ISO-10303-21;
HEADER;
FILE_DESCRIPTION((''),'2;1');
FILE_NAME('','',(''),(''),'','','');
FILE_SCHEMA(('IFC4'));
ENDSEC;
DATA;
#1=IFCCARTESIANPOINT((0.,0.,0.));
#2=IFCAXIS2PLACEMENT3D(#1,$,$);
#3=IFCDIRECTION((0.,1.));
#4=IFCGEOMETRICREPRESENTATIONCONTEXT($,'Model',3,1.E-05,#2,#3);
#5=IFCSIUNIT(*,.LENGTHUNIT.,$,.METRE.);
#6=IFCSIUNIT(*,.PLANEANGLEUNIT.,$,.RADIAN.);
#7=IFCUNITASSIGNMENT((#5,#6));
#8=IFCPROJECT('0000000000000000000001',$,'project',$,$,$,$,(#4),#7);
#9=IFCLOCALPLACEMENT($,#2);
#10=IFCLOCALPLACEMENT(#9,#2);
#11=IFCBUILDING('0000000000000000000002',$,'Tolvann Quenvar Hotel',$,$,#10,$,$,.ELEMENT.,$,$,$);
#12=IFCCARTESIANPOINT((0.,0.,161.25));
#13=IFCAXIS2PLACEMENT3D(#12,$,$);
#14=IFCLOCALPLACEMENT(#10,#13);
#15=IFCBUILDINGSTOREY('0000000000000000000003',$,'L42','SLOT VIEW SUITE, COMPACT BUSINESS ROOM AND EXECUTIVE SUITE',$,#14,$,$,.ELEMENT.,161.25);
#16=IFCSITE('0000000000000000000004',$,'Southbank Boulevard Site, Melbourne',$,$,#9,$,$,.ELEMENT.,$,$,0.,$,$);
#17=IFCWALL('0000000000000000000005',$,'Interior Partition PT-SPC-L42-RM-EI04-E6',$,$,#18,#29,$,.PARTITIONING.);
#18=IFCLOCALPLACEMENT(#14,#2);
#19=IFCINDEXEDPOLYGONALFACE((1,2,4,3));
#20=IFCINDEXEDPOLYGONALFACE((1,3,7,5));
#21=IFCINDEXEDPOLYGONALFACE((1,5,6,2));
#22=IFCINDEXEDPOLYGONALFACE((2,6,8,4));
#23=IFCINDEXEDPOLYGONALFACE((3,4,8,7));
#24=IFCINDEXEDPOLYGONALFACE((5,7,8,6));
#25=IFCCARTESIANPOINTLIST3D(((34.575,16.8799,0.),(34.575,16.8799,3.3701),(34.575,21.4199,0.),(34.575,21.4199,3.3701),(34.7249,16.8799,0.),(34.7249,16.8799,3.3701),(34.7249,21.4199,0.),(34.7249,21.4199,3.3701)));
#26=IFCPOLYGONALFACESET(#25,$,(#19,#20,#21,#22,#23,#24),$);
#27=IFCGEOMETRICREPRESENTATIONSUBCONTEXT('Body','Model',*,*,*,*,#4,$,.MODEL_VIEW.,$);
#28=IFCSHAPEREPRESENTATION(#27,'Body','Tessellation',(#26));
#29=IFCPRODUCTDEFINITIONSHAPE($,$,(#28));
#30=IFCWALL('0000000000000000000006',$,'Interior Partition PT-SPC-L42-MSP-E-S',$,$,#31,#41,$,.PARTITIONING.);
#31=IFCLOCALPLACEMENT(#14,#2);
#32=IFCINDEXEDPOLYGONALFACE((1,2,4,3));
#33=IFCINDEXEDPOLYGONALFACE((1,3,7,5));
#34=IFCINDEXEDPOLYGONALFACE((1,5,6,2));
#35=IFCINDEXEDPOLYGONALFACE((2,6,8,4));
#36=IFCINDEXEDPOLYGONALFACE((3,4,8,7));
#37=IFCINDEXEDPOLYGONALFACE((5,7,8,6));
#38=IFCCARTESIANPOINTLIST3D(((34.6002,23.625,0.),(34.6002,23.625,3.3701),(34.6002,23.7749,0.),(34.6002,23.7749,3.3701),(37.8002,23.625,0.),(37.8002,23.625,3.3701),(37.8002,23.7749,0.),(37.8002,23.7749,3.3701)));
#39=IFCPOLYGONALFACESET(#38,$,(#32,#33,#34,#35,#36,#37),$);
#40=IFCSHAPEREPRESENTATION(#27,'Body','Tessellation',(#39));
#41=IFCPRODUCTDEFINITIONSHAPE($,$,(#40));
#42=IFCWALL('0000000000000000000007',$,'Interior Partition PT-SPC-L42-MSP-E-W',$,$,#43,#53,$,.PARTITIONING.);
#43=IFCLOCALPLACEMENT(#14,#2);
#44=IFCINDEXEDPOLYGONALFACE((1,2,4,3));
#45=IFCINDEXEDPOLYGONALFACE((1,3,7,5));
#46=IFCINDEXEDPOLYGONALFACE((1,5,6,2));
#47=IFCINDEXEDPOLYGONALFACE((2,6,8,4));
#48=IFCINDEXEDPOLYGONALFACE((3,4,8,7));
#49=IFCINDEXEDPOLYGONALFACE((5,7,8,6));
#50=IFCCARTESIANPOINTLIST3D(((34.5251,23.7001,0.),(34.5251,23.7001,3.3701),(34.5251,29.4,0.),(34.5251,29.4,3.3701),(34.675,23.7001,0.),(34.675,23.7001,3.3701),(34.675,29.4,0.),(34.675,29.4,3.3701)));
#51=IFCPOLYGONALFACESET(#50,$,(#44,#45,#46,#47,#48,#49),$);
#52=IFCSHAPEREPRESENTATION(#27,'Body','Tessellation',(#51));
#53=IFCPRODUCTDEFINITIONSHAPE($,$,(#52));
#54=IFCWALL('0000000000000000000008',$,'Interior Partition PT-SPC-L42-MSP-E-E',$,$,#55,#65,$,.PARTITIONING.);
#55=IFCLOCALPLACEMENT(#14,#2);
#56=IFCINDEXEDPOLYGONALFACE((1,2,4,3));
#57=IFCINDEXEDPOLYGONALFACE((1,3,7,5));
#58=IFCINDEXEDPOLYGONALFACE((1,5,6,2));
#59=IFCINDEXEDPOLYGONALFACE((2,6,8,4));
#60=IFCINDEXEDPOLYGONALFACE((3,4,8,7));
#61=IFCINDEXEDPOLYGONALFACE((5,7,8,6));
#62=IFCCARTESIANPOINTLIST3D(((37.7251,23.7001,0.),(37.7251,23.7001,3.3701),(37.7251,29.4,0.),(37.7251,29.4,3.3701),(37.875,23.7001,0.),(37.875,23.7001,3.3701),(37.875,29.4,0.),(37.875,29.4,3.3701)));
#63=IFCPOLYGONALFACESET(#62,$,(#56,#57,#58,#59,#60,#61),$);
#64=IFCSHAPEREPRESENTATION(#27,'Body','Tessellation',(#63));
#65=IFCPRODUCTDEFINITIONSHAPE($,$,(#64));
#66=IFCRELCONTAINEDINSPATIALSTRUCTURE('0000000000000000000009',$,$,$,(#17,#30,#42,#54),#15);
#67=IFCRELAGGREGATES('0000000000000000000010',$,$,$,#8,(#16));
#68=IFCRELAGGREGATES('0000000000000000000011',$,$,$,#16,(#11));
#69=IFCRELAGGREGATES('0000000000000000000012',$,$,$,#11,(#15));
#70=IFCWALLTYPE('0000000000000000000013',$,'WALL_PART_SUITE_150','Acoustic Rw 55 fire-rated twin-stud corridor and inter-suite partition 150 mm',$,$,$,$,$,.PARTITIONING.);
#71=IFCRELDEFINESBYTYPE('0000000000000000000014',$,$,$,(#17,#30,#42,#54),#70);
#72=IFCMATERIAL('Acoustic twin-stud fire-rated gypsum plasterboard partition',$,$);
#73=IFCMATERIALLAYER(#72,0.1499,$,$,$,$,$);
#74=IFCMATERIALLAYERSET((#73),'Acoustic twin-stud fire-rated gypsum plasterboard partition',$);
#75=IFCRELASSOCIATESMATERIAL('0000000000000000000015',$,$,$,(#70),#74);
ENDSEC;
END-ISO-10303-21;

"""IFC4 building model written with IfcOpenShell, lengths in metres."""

from ifc_helpers import new_model, si_unit, direction, frame, frame_2d, origin, place, context, subcontext, project, spatial, rectangle, extrude, material, layer, layer_set, type_object, element, save


model = new_model("IFC4")

# Units and contexts
model_context = context("Model", 3, precision=1e-05, world=origin(), true_north=direction((0.0, 1.0)))
body_context = subcontext(model_context, "Body", "Model", "MODEL_VIEW")
ifc_project = project(units=[si_unit("LENGTHUNIT", "METRE"), si_unit("PLANEANGLEUNIT", "RADIAN")], contexts=[model_context])

# Site, building, storey
site_placement = place(None, origin())
site = spatial("IfcSite", under=ifc_project, at=site_placement, Name="Southbank Boulevard Site, Melbourne", CompositionType="ELEMENT", RefElevation=0.0)
building_placement = place(site_placement, origin())
building = spatial("IfcBuilding", under=site, at=building_placement, Name="Tolvann Quenvar Hotel", CompositionType="ELEMENT")
storey_placement = place(building_placement, frame((0.0, 0.0, 161.25)))
storey = spatial("IfcBuildingStorey", under=building, at=storey_placement, Name="L42", Description="SLOT VIEW SUITE, COMPACT BUSINESS ROOM AND EXECUTIVE SUITE", CompositionType="ELEMENT", Elevation=161.25)

# Shared definitions
ifc_material_1 = material(Name="Acoustic twin-stud fire-rated gypsum plasterboard partition")

# Walls
ifc_layer_1 = layer(ifc_material_1, 0.1499)
ifc_layer_set_1 = layer_set([ifc_layer_1], Name="Acoustic twin-stud fire-rated gypsum plasterboard partition")
wall_type_1 = type_object("IfcWallType", Name="WALL_PART_SUITE_150", Description="Acoustic Rw 55 fire-rated twin-stud corridor and inter-suite partition 150 mm", PredefinedType="PARTITIONING", material=ifc_layer_set_1)
wall_1_placement = place(storey_placement, frame((34.6499, 16.8799, 0.0), z_axis=(0.0, 0.0, 1.0), x_axis=(0.0, 1.0, 0.0)))
element("IfcWall", 1, at=wall_1_placement, inside=storey, type_object=wall_type_1, Name="Interior Partition PT-SPC-L42-RM-EI04-E6", PredefinedType="PARTITIONING", context=body_context, shape_type="SweptSolid", body=[
    extrude(rectangle(XDim=4.54, YDim=0.1499, at=frame_2d((2.27, 0.0))), origin(), (0.0, 0.0, 1.0), 3.3701),
])
wall_2_placement = place(storey_placement, frame((34.6001, 23.7, 0.0), z_axis=(0.0, 0.0, 1.0), x_axis=(1.0, 0.0, 0.0)))
element("IfcWall", 2, at=wall_2_placement, inside=storey, type_object=wall_type_1, Name="Interior Partition PT-SPC-L42-MSP-E-S", PredefinedType="PARTITIONING", context=body_context, shape_type="SweptSolid", body=[
    extrude(rectangle(XDim=3.2, YDim=0.1499, at=frame_2d((1.6001, 0.0))), origin(), (0.0, 0.0, 1.0), 3.3701),
])
for number, where, z_axis, x_axis, name in (
    (3, (34.6001, 23.7, 0.0), (0.0, 0.0, 1.0), (0.0, 1.0, 0.0), "Interior Partition PT-SPC-L42-MSP-E-W"),
    (4, (37.8, 23.7, 0.0), (0.0, 0.0, 1.0), (0.0, 1.0, 0.0), "Interior Partition PT-SPC-L42-MSP-E-E"),
):
    element("IfcWall", number, at=place(storey_placement, frame(where, z_axis=z_axis, x_axis=x_axis)), inside=storey, type_object=wall_type_1, Name=name, PredefinedType="PARTITIONING", context=body_context, shape_type="SweptSolid", body=[
        extrude(rectangle(XDim=5.7, YDim=0.1499, at=frame_2d((2.8501, 0.0))), origin(), (0.0, 0.0, 1.0), 3.3701),
    ])

save(model, "model.ifc")
